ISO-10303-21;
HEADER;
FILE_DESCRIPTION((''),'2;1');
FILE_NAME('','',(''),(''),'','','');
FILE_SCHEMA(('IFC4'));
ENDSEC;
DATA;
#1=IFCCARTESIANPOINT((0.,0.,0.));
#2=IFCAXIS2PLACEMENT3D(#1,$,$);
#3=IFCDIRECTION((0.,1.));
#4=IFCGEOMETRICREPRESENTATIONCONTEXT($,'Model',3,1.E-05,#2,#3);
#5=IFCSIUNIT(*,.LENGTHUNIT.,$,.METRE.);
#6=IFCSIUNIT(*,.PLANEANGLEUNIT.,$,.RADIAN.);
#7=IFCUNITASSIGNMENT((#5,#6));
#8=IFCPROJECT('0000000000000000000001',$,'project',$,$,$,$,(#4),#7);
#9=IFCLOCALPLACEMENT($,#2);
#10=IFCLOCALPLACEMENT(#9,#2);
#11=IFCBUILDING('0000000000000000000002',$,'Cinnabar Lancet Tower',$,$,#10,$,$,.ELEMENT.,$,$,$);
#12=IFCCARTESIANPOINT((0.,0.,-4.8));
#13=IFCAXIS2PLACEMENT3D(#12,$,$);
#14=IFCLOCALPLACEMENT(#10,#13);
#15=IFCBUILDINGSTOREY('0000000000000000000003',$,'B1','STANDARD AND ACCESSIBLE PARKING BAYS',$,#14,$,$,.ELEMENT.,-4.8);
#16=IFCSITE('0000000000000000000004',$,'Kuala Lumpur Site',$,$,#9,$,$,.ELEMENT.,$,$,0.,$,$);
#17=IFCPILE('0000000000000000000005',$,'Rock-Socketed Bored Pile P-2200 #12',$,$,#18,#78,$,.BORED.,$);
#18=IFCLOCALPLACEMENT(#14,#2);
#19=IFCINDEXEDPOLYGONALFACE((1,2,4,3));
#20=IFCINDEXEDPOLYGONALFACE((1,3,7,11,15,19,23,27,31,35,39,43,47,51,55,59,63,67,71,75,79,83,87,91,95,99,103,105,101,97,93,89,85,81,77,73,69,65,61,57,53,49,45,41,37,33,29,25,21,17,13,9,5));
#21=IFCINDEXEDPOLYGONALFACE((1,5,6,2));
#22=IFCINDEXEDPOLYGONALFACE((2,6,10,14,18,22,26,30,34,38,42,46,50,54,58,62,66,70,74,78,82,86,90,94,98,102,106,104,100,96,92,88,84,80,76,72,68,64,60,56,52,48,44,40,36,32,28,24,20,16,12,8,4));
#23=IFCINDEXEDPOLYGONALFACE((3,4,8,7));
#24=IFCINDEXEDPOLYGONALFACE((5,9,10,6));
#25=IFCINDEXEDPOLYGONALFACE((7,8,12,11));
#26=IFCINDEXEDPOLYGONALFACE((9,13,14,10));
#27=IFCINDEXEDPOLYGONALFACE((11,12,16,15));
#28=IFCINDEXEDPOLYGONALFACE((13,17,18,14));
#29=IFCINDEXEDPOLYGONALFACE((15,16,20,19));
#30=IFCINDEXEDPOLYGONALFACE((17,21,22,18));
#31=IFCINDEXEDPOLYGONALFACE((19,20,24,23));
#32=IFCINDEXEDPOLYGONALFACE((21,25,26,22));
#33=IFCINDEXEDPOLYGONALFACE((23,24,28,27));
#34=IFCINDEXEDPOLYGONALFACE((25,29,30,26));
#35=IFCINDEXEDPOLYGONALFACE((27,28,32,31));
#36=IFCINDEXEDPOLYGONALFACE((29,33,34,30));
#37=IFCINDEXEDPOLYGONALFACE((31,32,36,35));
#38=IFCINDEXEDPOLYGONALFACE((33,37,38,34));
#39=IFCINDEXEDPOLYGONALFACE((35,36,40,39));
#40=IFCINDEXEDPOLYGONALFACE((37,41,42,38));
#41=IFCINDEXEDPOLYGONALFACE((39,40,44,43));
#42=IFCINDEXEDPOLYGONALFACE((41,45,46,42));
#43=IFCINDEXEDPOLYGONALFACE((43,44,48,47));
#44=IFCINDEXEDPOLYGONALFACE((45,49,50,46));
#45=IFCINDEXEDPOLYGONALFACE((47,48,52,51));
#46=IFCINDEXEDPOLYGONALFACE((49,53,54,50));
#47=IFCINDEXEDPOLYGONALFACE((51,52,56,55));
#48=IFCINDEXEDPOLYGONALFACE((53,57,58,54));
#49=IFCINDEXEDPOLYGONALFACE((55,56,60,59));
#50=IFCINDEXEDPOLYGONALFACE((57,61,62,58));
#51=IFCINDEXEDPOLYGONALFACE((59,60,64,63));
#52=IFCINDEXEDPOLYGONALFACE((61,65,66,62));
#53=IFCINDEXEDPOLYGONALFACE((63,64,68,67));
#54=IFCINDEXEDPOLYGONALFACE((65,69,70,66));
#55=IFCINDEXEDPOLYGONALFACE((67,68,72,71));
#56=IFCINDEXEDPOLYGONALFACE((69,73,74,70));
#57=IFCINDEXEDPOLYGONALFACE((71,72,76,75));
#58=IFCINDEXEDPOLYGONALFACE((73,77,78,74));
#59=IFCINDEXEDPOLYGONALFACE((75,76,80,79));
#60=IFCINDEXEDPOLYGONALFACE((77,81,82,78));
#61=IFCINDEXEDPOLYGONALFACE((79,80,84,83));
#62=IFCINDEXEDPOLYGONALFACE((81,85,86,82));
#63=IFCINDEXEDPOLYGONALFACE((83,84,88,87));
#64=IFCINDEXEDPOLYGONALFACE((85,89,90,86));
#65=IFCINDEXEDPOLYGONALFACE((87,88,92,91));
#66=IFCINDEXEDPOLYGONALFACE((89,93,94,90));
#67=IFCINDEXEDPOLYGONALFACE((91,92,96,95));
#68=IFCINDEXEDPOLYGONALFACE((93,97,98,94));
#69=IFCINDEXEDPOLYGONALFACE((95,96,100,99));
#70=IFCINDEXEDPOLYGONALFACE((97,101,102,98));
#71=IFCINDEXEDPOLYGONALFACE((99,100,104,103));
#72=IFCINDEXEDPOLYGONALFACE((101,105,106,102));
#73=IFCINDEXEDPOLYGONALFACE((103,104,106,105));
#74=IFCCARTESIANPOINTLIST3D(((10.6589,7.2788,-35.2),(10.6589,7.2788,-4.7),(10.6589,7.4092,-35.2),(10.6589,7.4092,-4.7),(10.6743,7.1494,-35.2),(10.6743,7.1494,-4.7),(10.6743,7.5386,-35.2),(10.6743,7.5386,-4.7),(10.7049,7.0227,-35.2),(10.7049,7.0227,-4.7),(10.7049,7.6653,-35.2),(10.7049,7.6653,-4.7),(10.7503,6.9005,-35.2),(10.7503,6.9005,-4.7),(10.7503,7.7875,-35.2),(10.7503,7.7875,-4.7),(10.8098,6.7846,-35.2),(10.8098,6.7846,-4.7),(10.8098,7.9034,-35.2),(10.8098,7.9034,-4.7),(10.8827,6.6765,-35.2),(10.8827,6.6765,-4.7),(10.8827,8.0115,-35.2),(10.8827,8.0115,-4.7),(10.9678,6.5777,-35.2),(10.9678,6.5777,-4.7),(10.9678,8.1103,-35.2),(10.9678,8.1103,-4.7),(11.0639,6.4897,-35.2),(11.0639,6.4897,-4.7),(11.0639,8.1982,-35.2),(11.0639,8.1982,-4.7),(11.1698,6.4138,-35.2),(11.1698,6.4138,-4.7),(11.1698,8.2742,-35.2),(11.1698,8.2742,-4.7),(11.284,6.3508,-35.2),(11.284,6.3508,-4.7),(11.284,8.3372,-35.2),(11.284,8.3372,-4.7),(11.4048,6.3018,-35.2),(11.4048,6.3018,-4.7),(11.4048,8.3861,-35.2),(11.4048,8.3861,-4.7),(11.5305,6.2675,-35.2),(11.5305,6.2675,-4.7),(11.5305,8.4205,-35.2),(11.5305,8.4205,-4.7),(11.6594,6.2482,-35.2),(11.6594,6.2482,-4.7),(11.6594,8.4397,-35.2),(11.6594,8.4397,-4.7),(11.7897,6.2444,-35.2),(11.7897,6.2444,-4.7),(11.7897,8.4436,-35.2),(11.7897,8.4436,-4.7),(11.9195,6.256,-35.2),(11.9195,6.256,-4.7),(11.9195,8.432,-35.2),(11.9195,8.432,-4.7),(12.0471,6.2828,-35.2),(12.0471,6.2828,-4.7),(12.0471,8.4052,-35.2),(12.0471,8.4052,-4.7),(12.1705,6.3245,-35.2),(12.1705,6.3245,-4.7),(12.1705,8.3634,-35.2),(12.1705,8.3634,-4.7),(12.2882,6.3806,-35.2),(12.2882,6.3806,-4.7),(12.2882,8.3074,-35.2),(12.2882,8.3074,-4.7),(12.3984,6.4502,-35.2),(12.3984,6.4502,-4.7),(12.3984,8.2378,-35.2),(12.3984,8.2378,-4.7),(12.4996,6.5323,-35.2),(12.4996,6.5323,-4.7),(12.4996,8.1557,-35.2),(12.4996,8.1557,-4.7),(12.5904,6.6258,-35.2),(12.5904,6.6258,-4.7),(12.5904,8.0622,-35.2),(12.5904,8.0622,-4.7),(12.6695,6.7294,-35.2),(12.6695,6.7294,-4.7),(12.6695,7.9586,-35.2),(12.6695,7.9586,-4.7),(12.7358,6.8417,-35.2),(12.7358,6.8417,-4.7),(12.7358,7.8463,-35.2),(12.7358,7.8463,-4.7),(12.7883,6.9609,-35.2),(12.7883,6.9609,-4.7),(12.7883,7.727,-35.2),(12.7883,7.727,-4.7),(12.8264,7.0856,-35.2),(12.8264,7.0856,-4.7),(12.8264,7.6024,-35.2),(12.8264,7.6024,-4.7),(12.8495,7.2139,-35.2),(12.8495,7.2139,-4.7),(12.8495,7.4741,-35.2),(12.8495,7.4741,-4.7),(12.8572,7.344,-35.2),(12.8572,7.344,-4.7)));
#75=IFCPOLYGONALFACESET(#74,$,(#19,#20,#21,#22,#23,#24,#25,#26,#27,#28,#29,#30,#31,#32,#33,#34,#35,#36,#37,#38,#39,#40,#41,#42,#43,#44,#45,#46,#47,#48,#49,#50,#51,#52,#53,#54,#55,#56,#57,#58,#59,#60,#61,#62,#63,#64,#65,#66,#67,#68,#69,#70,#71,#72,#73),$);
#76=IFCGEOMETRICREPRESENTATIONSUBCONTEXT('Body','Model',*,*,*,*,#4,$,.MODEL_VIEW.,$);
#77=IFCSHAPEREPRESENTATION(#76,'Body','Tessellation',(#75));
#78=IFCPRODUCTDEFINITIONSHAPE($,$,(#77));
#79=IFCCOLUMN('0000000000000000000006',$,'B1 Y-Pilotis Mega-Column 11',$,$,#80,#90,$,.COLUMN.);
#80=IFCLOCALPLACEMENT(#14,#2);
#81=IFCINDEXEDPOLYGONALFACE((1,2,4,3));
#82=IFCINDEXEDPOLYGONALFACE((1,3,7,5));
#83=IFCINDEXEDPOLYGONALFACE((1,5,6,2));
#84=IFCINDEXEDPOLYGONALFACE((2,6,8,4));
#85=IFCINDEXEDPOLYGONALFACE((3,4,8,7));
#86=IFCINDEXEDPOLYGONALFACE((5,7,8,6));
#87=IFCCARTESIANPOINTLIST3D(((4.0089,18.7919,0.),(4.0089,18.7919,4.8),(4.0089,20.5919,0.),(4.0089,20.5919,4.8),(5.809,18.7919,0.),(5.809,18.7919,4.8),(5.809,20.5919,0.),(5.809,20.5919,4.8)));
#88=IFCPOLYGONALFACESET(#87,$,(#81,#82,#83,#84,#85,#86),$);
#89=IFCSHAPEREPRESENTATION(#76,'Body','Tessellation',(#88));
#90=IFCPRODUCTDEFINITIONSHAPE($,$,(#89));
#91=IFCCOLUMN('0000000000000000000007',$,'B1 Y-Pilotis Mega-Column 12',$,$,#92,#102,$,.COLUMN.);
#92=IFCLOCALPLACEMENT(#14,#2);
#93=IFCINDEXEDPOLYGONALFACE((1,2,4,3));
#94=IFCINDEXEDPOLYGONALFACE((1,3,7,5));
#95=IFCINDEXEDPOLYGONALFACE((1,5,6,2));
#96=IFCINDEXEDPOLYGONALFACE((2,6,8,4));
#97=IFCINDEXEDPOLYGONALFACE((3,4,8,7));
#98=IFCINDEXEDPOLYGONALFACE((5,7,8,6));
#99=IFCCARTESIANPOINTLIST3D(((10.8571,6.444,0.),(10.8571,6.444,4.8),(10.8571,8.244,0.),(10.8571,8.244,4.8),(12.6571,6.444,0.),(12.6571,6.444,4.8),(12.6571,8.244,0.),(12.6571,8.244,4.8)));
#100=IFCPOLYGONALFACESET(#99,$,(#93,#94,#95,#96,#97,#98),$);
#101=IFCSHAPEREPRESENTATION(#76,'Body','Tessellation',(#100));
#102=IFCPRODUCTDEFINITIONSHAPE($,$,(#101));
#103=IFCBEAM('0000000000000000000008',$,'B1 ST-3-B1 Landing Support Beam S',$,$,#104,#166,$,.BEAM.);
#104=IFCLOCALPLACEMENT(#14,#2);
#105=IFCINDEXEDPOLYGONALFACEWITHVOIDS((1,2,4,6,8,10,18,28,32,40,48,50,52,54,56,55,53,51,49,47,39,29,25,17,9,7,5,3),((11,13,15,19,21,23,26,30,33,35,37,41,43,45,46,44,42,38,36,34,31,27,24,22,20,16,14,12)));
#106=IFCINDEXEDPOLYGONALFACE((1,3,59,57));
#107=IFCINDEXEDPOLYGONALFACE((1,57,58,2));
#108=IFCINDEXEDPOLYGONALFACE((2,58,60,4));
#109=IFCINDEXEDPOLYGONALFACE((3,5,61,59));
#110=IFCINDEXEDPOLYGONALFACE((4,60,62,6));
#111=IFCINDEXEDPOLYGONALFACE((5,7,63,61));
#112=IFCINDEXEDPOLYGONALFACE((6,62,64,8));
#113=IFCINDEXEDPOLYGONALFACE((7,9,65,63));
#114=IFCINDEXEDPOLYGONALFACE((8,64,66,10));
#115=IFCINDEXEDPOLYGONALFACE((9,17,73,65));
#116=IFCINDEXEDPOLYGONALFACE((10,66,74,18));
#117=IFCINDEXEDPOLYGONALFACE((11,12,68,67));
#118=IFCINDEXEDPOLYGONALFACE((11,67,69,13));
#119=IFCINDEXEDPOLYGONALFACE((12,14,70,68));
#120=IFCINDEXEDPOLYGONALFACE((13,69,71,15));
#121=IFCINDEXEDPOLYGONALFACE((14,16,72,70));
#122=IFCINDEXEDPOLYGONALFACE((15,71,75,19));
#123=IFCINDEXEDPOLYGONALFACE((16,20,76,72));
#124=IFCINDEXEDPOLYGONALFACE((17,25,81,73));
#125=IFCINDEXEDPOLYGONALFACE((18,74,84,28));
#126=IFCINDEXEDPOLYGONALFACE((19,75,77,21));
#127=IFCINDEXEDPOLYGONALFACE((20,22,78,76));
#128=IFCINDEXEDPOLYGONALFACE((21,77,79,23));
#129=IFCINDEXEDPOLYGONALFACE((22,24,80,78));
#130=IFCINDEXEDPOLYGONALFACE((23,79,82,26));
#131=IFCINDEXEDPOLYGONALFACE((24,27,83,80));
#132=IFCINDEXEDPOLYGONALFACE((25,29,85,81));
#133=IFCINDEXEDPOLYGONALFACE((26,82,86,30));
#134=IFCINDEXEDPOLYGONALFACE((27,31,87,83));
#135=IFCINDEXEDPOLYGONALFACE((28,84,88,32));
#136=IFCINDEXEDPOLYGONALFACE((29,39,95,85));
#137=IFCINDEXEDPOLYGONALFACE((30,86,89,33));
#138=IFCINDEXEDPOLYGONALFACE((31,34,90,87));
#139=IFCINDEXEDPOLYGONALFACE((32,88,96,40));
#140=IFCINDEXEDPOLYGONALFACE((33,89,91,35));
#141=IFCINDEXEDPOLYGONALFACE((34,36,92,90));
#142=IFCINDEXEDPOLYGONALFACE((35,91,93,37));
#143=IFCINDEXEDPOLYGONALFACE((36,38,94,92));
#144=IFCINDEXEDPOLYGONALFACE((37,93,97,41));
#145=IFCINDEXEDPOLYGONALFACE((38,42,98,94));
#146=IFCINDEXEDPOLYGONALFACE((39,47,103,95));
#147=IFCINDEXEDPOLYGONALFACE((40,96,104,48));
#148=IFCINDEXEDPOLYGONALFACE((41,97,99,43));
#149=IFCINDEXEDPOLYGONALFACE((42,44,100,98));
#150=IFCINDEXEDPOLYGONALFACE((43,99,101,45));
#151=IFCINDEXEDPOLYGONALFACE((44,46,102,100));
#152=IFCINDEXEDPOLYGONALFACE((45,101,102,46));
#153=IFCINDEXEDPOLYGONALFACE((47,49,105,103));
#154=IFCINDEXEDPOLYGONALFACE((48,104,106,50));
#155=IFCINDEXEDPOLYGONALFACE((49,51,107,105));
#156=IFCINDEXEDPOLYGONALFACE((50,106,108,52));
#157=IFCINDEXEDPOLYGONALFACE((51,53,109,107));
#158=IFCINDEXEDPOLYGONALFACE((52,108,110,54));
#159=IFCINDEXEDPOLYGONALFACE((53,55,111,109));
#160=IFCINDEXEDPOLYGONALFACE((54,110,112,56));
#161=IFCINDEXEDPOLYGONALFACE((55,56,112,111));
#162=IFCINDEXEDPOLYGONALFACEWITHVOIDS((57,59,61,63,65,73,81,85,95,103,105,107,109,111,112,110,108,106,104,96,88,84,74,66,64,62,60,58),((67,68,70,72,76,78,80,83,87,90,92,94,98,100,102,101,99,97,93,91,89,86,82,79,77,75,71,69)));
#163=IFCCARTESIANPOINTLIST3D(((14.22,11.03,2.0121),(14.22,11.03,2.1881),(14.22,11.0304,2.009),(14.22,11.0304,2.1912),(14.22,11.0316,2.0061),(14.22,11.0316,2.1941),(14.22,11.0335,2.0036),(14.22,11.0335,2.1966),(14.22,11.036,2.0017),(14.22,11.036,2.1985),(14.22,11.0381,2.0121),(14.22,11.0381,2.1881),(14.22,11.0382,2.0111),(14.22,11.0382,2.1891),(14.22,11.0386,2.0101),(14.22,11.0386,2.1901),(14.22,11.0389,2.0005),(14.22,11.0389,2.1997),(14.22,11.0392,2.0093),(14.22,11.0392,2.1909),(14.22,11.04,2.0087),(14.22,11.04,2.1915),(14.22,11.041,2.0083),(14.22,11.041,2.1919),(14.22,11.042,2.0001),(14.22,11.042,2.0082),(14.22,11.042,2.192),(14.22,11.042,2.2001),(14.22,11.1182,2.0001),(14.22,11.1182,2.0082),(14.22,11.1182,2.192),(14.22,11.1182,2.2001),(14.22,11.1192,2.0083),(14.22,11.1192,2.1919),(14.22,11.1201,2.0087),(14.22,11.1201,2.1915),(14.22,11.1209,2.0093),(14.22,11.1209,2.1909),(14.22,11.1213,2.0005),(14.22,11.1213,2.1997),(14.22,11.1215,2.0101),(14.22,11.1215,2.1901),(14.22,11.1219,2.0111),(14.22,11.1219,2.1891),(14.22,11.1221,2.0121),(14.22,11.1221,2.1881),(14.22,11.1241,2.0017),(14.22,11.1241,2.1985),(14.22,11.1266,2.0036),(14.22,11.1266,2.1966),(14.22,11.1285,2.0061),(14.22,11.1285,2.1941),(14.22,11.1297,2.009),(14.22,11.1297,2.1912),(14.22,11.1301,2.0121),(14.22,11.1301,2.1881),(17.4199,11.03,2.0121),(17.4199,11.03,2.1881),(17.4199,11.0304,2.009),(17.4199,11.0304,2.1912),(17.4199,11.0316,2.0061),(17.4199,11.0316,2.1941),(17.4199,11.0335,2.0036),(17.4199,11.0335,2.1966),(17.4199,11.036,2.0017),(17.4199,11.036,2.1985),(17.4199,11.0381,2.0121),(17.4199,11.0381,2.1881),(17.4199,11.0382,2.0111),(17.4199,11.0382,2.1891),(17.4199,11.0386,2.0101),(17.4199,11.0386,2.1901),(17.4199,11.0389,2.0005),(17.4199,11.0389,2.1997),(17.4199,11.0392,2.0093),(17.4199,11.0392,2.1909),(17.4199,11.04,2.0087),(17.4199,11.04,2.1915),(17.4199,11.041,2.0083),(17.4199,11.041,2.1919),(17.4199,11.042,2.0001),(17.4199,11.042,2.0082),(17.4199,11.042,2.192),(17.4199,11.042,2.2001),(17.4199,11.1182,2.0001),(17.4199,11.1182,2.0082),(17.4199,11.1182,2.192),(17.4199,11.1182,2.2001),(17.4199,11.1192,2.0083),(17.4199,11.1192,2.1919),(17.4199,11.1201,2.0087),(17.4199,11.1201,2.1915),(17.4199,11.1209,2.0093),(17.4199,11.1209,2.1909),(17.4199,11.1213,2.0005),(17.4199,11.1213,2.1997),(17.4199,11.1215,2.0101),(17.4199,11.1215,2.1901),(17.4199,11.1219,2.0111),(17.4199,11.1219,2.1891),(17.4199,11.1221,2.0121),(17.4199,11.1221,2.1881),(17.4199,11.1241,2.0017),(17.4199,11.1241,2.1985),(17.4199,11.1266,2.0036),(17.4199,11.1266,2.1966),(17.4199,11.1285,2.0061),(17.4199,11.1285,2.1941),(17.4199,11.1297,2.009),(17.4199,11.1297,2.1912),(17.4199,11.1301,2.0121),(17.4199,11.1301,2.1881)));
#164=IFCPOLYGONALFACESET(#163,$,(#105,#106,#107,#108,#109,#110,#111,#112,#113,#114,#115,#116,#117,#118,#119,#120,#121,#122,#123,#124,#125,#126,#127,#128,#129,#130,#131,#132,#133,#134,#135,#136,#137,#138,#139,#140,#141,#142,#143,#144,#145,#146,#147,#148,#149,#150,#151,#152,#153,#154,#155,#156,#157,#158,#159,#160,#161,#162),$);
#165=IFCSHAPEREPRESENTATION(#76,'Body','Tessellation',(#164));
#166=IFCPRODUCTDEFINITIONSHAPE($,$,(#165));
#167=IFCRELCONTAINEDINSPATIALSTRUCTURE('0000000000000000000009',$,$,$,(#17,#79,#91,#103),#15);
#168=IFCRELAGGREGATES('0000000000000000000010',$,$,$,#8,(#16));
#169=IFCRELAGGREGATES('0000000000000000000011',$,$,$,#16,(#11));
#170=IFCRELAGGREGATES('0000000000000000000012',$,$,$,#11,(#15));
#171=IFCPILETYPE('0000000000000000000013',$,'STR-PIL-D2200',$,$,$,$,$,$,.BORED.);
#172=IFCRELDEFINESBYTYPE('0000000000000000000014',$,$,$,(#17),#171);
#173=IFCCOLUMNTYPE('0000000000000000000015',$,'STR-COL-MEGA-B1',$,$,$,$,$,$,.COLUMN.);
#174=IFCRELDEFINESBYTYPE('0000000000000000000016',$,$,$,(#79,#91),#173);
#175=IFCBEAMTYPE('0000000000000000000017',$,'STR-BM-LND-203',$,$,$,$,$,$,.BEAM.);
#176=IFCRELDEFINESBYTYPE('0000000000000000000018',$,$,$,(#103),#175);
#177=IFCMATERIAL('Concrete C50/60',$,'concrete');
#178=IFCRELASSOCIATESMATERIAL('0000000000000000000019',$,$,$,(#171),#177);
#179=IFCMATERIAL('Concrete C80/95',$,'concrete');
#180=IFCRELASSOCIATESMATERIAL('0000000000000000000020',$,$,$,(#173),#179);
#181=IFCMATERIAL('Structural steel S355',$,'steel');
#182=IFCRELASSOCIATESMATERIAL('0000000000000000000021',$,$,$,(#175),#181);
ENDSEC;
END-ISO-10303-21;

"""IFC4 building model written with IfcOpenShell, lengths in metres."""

from ifc_helpers import new_model, si_unit, direction, frame, origin, origin_2d, place, context, subcontext, project, spatial, rectangle, hollow_rectangle, circle, extrude, material, material_profile, profile_set, type_object, element, save


model = new_model("IFC4")

# Units and contexts
model_context = context("Model", 3, precision=1e-05, world=origin(), true_north=direction((0.0, 1.0)))
body_context = subcontext(model_context, "Body", "Model", "MODEL_VIEW")
ifc_project = project(units=[si_unit("LENGTHUNIT", "METRE"), si_unit("PLANEANGLEUNIT", "RADIAN")], contexts=[model_context])

# Site, building, storey
site_placement = place(None, origin())
site = spatial("IfcSite", under=ifc_project, at=site_placement, Name="Kuala Lumpur Site", CompositionType="ELEMENT", RefElevation=0.0)
building_placement = place(site_placement, origin())
building = spatial("IfcBuilding", under=site, at=building_placement, Name="Cinnabar Lancet Tower", CompositionType="ELEMENT")
storey_placement = place(building_placement, frame((0.0, 0.0, -4.8)))
storey = spatial("IfcBuildingStorey", under=building, at=storey_placement, Name="B1", Description="STANDARD AND ACCESSIBLE PARKING BAYS", CompositionType="ELEMENT", Elevation=-4.8)

# Pile
ifc_material_1 = material(Name="Concrete C50/60", Category="concrete")
ifc_material_profile_1 = material_profile(ifc_material_1, circle(Radius=1.1001, at=origin_2d()), Name="PILE D2200")
ifc_profile_set_1 = profile_set([ifc_material_profile_1], Name="Concrete C50/60")
pile_type_1 = type_object("IfcPileType", Name="STR-PIL-D2200", PredefinedType="BORED", material=ifc_profile_set_1)
for number, where, z_axis, x_axis, name in (
    (1, (11.7571, 7.344, -4.7), (0.0, 0.0, -1.0), (1.0, 0.0, 0.0), "Rock-Socketed Bored Pile P-2200 #12"),
):
    element("IfcPile", number, at=place(storey_placement, frame(where, z_axis=z_axis, x_axis=x_axis)), inside=storey, type_object=pile_type_1, Name=name, PredefinedType="BORED", context=body_context, shape_type="SweptSolid", body=[
        extrude(circle(Radius=1.1001, at=origin_2d()), origin(), (0.0, 0.0, 1.0), 30.5),
    ])

# Columns
ifc_material_2 = material(Name="Concrete C80/95", Category="concrete")
ifc_material_profile_2 = material_profile(ifc_material_2, rectangle(XDim=1.8, YDim=1.8, at=origin_2d()), Name="RC-MEGA 1800x1800")
ifc_profile_set_2 = profile_set([ifc_material_profile_2], Name="Concrete C80/95")
column_type = type_object("IfcColumnType", Name="STR-COL-MEGA-B1", PredefinedType="COLUMN", material=ifc_profile_set_2)
for number, where, z_axis, x_axis, name in (
    (2, (4.9089, 19.6919, 0.0), (0.0, 0.0, 1.0), (1.0, 0.0, 0.0), "B1 Y-Pilotis Mega-Column 11"),
    (3, (11.7571, 7.344, 0.0), (0.0, 0.0, 1.0), (1.0, 0.0, 0.0), "B1 Y-Pilotis Mega-Column 12"),
):
    element("IfcColumn", number, at=place(storey_placement, frame(where, z_axis=z_axis, x_axis=x_axis)), inside=storey, type_object=column_type, Name=name, PredefinedType="COLUMN", context=body_context, shape_type="SweptSolid", body=[
        extrude(rectangle(XDim=1.8, YDim=1.8, at=origin_2d()), origin(), (0.0, 0.0, 1.0), 4.8),
    ])

# Beam
ifc_material_3 = material(Name="Structural steel S355", Category="steel")
ifc_material_profile_3 = material_profile(ifc_material_3, hollow_rectangle(XDim=0.1001, YDim=0.2, WallThickness=0.0081, InnerFilletRadius=0.0039, OuterFilletRadius=0.012, at=origin_2d()), Name="RHS 200x100x8")
ifc_profile_set_3 = profile_set([ifc_material_profile_3], Name="Structural steel S355")
beam_type = type_object("IfcBeamType", Name="STR-BM-LND-203", PredefinedType="BEAM", material=ifc_profile_set_3)
for number, where, z_axis, x_axis, name in (
    (4, (14.22, 11.0801, 2.1001), (1.0, 0.0, 0.0), (0.0, 1.0, 0.0), "B1 ST-3-B1 Landing Support Beam S"),
):
    element("IfcBeam", number, at=place(storey_placement, frame(where, z_axis=z_axis, x_axis=x_axis)), inside=storey, type_object=beam_type, Name=name, PredefinedType="BEAM", context=body_context, shape_type="SweptSolid", body=[
        extrude(hollow_rectangle(XDim=0.1001, YDim=0.2, WallThickness=0.0081, InnerFilletRadius=0.0039, OuterFilletRadius=0.012, at=origin_2d()), origin(), (0.0, 0.0, 1.0), 3.2),
    ])

save(model, "model.ifc")
